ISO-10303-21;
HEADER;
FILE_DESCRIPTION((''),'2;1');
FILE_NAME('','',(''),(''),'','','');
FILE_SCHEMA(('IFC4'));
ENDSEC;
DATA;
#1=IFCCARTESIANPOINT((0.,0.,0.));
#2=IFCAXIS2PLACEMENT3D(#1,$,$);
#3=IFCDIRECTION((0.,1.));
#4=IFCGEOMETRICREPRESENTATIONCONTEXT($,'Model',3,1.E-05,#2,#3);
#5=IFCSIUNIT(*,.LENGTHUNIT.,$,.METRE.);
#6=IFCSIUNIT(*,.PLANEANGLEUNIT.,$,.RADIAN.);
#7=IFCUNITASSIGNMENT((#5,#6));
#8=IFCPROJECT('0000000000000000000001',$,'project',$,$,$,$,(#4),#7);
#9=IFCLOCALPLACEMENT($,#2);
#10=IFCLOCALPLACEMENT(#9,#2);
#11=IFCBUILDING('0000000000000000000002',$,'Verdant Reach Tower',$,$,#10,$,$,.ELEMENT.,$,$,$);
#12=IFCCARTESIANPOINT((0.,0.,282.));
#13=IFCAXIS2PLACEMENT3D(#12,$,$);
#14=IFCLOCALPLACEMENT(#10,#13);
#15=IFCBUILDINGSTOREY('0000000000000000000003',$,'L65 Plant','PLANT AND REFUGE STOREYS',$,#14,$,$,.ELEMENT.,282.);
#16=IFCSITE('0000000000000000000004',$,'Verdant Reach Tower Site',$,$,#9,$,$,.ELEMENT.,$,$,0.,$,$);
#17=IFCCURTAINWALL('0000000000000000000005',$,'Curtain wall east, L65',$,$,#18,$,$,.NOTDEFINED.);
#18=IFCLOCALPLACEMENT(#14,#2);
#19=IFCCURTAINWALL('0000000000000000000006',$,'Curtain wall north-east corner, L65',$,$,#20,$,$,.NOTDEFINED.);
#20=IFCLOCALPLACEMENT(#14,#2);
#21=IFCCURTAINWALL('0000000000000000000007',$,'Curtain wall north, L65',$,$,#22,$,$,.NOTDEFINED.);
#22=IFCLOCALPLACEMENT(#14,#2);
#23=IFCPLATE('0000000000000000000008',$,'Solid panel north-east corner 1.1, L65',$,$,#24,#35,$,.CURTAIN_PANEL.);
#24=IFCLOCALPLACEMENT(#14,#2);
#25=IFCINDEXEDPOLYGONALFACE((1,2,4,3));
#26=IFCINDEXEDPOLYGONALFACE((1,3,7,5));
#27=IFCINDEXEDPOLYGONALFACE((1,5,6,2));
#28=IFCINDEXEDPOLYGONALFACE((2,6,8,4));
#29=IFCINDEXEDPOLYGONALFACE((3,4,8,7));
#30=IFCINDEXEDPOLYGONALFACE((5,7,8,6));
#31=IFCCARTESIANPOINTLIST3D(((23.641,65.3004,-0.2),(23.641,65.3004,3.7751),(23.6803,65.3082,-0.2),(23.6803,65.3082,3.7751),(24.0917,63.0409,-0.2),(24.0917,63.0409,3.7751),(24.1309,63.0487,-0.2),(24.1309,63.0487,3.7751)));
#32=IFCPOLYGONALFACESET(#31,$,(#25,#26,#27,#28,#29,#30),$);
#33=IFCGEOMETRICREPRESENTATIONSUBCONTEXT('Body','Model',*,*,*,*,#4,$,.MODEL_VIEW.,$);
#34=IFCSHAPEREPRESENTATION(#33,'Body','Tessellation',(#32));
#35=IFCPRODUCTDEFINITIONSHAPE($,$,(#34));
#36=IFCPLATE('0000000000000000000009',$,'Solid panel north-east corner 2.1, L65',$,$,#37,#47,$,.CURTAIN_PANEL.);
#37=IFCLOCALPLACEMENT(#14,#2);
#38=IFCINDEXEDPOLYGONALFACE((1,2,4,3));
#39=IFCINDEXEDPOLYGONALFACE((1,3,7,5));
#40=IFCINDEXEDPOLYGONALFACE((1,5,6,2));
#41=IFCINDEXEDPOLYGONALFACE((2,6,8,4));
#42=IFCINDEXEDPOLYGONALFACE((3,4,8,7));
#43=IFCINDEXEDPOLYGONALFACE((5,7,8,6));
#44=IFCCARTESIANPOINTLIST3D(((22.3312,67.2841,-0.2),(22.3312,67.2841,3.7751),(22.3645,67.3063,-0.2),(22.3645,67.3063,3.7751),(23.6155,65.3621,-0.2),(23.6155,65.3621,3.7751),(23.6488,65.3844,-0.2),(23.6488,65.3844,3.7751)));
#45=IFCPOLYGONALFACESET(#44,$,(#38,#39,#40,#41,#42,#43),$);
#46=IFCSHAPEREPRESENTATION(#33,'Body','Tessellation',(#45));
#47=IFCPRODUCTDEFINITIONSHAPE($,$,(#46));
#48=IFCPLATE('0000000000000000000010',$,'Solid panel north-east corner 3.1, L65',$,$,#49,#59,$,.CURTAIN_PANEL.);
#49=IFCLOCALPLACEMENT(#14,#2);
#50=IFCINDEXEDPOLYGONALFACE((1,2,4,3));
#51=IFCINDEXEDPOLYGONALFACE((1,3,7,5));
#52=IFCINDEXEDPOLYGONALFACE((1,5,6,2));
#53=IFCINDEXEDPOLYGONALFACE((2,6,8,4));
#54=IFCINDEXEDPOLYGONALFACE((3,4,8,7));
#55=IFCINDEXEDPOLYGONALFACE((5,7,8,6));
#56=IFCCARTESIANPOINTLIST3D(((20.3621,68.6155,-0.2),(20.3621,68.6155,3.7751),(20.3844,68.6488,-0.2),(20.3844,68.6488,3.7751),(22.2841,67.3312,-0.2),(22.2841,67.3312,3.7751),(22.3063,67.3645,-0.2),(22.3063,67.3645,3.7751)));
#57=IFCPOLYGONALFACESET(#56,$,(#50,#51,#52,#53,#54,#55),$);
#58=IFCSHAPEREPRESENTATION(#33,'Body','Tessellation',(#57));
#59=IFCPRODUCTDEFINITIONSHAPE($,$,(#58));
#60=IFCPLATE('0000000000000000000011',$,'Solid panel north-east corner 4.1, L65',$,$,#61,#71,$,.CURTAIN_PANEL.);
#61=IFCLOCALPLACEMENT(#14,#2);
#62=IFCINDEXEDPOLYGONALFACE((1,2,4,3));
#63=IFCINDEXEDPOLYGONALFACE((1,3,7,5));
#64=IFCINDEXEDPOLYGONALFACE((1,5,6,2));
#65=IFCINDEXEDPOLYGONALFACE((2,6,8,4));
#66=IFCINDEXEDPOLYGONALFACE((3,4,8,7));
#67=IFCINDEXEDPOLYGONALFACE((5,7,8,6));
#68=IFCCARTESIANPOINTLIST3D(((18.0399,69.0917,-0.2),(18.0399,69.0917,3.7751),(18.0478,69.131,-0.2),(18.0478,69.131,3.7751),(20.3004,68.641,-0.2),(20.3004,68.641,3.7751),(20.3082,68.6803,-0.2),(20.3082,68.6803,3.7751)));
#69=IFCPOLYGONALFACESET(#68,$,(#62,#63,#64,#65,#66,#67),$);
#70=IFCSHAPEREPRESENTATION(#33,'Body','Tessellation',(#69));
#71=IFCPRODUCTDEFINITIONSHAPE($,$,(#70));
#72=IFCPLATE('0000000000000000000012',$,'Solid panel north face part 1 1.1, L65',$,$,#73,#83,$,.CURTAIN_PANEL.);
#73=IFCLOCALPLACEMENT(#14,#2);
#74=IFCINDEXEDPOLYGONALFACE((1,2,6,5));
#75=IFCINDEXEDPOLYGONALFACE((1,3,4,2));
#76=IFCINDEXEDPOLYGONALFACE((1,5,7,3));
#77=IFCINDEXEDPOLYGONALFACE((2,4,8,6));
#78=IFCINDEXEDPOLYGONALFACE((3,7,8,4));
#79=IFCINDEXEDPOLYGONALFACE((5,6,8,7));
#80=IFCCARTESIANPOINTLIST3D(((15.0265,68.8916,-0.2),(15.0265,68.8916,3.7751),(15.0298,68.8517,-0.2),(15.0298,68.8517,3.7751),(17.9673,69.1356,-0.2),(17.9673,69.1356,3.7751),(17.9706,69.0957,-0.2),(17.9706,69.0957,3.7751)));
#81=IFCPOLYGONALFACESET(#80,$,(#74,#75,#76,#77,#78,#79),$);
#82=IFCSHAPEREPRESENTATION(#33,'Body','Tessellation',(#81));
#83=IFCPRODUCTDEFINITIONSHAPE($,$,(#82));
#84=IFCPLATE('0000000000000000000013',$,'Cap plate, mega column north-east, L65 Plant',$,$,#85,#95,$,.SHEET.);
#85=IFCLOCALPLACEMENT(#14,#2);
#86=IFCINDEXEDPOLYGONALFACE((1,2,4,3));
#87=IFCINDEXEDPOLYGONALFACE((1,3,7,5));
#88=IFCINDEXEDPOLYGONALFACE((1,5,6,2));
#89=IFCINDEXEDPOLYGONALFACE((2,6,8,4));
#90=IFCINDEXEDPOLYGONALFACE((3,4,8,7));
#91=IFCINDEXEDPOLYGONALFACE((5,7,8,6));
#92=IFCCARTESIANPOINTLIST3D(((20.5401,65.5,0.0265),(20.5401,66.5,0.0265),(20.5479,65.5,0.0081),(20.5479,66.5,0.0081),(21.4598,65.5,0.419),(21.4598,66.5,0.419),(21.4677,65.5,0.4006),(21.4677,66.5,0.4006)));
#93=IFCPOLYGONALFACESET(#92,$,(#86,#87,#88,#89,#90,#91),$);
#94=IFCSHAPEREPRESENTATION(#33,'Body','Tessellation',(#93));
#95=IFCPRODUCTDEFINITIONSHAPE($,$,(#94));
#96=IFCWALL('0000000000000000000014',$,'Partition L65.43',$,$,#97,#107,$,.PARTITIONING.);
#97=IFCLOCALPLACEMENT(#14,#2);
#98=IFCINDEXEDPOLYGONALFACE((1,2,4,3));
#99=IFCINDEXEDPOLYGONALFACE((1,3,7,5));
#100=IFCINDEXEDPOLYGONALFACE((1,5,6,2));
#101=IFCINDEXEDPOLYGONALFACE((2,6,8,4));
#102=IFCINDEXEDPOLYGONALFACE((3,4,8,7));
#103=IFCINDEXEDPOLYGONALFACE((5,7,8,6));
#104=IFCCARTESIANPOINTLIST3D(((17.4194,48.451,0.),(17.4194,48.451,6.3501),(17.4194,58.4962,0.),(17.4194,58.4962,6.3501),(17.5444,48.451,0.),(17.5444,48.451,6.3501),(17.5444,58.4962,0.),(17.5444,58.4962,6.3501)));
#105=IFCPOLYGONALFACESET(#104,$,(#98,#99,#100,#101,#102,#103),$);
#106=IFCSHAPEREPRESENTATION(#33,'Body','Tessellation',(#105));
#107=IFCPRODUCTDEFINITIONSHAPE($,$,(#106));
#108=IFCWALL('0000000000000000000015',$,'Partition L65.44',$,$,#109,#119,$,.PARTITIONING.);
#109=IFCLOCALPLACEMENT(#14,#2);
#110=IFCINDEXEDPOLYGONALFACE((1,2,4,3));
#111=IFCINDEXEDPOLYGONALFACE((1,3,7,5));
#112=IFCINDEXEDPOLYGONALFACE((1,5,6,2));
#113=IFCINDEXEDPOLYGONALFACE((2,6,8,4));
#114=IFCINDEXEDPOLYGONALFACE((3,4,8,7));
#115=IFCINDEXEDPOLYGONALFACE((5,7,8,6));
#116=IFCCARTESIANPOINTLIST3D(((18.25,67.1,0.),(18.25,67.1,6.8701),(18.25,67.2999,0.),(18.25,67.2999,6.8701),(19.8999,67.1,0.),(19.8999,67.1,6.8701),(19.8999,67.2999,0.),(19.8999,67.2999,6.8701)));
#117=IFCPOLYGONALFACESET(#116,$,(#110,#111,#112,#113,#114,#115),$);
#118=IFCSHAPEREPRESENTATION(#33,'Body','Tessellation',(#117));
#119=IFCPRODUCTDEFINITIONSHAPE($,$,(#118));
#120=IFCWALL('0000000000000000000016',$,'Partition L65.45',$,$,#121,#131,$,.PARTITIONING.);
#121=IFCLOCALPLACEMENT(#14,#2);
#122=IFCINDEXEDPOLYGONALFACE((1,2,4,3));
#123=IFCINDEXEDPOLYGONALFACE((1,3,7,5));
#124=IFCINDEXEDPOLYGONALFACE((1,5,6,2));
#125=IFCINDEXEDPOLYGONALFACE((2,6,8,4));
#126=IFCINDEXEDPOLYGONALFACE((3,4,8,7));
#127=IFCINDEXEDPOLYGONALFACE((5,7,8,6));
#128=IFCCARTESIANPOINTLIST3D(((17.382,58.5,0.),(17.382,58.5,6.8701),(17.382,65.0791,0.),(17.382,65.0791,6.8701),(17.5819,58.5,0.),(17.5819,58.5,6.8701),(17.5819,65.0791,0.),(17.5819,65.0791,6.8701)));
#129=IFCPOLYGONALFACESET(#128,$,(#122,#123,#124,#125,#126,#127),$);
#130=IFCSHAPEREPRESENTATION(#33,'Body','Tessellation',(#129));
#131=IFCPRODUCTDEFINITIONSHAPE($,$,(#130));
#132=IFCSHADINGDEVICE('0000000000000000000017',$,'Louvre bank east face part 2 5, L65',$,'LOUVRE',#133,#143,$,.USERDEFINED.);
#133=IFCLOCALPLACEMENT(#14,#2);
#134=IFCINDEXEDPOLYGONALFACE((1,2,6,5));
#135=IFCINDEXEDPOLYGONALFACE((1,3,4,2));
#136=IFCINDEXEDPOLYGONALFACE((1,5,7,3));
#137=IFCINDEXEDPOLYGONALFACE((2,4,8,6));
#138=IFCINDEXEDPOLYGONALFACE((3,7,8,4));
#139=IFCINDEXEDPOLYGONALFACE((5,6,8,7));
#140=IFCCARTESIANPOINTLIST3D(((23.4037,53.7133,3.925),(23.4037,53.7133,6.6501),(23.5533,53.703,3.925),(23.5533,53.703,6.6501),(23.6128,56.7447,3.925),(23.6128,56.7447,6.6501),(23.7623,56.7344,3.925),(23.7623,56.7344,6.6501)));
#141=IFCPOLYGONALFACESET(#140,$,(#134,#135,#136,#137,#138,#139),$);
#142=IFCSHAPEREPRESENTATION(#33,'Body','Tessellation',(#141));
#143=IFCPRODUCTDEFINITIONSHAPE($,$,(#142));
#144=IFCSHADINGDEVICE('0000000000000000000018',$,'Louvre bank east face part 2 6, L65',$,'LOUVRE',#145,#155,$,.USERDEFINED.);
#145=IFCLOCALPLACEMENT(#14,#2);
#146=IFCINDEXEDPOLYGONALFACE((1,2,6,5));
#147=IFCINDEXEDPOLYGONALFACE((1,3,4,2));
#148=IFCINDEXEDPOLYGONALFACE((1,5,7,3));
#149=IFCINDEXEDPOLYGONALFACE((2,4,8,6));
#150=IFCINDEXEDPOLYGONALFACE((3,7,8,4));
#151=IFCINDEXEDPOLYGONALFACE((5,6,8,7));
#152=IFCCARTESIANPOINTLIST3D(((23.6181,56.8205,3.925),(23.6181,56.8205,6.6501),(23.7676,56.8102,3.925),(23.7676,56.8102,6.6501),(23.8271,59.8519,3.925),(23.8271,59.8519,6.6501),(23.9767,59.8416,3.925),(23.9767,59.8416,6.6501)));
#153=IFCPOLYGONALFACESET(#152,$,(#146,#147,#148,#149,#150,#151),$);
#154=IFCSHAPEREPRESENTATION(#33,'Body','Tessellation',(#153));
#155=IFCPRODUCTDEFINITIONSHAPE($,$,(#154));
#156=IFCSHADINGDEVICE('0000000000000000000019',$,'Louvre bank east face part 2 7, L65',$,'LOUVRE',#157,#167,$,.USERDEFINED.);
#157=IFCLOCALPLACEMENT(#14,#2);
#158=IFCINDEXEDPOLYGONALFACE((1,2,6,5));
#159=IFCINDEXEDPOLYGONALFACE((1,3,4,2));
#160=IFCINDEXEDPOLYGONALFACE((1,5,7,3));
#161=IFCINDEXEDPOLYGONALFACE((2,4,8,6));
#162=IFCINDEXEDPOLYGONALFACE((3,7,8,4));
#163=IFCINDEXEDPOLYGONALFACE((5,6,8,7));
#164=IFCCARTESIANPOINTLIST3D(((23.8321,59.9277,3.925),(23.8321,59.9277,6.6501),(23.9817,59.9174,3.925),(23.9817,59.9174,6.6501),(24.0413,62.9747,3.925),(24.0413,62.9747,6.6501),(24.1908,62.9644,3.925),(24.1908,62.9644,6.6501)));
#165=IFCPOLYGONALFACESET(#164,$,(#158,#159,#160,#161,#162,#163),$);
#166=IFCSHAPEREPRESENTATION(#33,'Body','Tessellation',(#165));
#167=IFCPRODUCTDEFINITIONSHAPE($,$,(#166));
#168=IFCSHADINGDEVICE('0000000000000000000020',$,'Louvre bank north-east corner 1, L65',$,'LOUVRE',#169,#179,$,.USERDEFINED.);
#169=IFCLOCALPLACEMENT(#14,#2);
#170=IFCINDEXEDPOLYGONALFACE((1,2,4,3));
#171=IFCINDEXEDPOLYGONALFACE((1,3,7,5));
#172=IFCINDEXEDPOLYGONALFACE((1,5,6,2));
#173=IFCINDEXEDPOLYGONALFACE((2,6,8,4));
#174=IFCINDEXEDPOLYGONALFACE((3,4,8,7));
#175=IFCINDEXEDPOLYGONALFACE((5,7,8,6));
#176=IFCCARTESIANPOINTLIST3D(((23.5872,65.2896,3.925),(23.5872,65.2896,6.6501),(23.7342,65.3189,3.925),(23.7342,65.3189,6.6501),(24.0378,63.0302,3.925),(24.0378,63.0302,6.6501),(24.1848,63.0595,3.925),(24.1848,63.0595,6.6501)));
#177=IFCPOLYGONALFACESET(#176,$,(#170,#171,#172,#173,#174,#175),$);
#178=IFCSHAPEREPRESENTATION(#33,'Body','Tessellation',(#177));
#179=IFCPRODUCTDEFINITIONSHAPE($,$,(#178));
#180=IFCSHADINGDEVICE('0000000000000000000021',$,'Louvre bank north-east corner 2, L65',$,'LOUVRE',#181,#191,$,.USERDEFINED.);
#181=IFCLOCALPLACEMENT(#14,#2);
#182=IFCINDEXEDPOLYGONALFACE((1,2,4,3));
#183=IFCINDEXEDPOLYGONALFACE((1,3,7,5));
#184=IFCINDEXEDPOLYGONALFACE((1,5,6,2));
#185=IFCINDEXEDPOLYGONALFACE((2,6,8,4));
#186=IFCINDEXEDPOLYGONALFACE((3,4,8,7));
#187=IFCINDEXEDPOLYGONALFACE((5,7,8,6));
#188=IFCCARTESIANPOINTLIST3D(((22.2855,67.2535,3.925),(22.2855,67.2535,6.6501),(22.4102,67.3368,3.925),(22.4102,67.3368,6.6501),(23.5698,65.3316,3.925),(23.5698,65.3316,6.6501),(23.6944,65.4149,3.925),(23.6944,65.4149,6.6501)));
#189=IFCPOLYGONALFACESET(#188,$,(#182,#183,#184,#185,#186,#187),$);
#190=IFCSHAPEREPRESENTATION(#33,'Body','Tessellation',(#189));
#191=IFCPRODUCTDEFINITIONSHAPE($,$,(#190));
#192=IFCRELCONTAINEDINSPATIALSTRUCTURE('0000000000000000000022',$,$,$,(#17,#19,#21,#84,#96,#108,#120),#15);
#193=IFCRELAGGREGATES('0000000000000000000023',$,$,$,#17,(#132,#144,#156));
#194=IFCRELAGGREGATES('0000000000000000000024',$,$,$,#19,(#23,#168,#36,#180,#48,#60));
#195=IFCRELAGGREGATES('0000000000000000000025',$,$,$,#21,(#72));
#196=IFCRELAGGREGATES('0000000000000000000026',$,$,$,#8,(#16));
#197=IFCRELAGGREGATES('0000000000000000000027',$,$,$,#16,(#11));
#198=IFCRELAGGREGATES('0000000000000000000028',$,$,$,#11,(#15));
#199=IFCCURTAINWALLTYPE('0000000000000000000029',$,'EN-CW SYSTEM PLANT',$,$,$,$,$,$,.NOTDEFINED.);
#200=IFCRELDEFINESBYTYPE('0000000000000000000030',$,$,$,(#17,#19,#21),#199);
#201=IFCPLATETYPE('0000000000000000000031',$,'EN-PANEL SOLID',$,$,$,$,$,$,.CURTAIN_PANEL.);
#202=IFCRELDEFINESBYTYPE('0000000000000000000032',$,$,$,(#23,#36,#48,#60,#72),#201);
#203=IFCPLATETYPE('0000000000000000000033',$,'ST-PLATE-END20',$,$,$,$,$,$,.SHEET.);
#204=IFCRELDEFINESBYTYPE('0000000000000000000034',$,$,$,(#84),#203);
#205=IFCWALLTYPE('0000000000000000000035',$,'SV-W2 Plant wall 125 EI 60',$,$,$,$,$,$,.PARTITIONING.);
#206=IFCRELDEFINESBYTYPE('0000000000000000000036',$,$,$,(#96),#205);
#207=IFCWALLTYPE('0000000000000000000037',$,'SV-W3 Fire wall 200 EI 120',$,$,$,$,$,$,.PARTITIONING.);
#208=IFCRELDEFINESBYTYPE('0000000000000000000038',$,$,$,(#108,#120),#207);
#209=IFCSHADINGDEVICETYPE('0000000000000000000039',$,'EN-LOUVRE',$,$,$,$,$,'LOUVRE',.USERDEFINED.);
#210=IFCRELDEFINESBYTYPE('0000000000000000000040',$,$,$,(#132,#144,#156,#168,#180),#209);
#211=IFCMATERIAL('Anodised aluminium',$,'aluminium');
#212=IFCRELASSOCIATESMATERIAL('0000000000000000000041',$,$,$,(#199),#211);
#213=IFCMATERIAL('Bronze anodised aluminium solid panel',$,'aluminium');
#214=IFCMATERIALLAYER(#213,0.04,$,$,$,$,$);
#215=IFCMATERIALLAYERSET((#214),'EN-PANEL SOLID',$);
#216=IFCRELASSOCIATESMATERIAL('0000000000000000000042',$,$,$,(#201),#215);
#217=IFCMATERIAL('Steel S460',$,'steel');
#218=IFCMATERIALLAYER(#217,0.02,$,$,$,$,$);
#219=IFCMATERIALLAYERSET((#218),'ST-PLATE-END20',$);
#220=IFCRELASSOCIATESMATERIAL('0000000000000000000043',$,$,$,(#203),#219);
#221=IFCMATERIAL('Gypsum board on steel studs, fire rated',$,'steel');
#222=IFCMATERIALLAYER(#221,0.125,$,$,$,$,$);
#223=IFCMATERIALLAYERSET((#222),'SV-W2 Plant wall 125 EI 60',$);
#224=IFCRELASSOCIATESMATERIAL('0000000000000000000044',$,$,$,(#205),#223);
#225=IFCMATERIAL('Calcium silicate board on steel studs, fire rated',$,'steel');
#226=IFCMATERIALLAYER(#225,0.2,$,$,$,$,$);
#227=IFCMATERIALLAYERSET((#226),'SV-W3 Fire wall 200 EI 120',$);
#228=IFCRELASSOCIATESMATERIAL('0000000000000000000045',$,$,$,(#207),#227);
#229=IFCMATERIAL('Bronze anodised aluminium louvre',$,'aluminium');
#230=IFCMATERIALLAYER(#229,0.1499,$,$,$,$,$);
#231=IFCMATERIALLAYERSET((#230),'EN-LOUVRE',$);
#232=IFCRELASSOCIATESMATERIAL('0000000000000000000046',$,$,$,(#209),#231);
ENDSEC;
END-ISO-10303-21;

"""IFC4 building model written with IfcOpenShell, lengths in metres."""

from ifc_helpers import new_model, si_unit, direction, frame, frame_2d, origin, origin_2d, place, context, subcontext, project, spatial, rectangle, extrude, material, layer, layer_set, type_object, element, aggregate, save


model = new_model("IFC4")

# Units and contexts
model_context = context("Model", 3, precision=1e-05, world=origin(), true_north=direction((0.0, 1.0)))
body_context = subcontext(model_context, "Body", "Model", "MODEL_VIEW")
ifc_project = project(units=[si_unit("LENGTHUNIT", "METRE"), si_unit("PLANEANGLEUNIT", "RADIAN")], contexts=[model_context])

# Site, building, storey
site_placement = place(None, origin())
site = spatial("IfcSite", under=ifc_project, at=site_placement, Name="Verdant Reach Tower Site", CompositionType="ELEMENT", RefElevation=0.0)
building_placement = place(site_placement, origin())
building = spatial("IfcBuilding", under=site, at=building_placement, Name="Verdant Reach Tower", CompositionType="ELEMENT")
storey_placement = place(building_placement, frame((0.0, 0.0, 282.0)))
storey = spatial("IfcBuildingStorey", under=building, at=storey_placement, Name="L65 Plant", Description="PLANT AND REFUGE STOREYS", CompositionType="ELEMENT", Elevation=282.0)

# Shared definitions
ifc_material_1 = material(Name="Steel S460", Category="steel")

# Curtain walls
ifc_material_2 = material(Name="Anodised aluminium", Category="aluminium")
curtain_wall_type = type_object("IfcCurtainWallType", Name="EN-CW SYSTEM PLANT", PredefinedType="NOTDEFINED", material=ifc_material_2)
curtain_wall_1_placement = place(storey_placement, origin())
curtain_wall_1 = element("IfcCurtainWall", 1, at=curtain_wall_1_placement, inside=storey, type_object=curtain_wall_type, Name="Curtain wall east, L65", PredefinedType="NOTDEFINED")
curtain_wall_2_placement = place(storey_placement, origin())
curtain_wall_2 = element("IfcCurtainWall", 2, at=curtain_wall_2_placement, inside=storey, type_object=curtain_wall_type, Name="Curtain wall north-east corner, L65", PredefinedType="NOTDEFINED")
curtain_wall_3_placement = place(storey_placement, origin())
curtain_wall_3 = element("IfcCurtainWall", 3, at=curtain_wall_3_placement, inside=storey, type_object=curtain_wall_type, Name="Curtain wall north, L65", PredefinedType="NOTDEFINED")

# Plates
ifc_material_3 = material(Name="Bronze anodised aluminium solid panel", Category="aluminium")
ifc_layer_1 = layer(ifc_material_3, 0.04)
ifc_layer_set_1 = layer_set([ifc_layer_1], Name="EN-PANEL SOLID")
plate_type_1 = type_object("IfcPlateType", Name="EN-PANEL SOLID", PredefinedType="CURTAIN_PANEL", material=ifc_layer_set_1)
plate_1_placement = place(storey_placement, frame((23.886, 64.1746, -0.2), z_axis=(0.0, 0.0, 1.0), x_axis=(-0.195593, 0.980685, 0.0)))
plate_1 = element("IfcPlate", 4, at=plate_1_placement, type_object=plate_type_1, Name="Solid panel north-east corner 1.1, L65", PredefinedType="CURTAIN_PANEL", context=body_context, shape_type="SweptSolid", body=[
    extrude(rectangle(XDim=2.304, YDim=0.04, at=origin_2d()), origin(), (0.0, 0.0, 1.0), 3.9751),
])
plate_2_placement = place(storey_placement, frame((22.99, 66.3342, -0.2), z_axis=(0.0, 0.0, 1.0), x_axis=(-0.555596, 0.831452, 0.0)))
plate_2 = element("IfcPlate", 5, at=plate_2_placement, type_object=plate_type_1, Name="Solid panel north-east corner 2.1, L65", PredefinedType="CURTAIN_PANEL", context=body_context, shape_type="SweptSolid", body=[
    extrude(rectangle(XDim=2.3115, YDim=0.04, at=origin_2d()), origin(), (0.0, 0.0, 1.0), 3.9751),
])
plate_3_placement = place(storey_placement, frame((21.3342, 67.99, -0.2), z_axis=(0.0, 0.0, 1.0), x_axis=(-0.831452, 0.555596, 0.0)))
plate_3 = element("IfcPlate", 6, at=plate_3_placement, type_object=plate_type_1, Name="Solid panel north-east corner 3.1, L65", PredefinedType="CURTAIN_PANEL", context=body_context, shape_type="SweptSolid", body=[
    extrude(rectangle(XDim=2.3115, YDim=0.04, at=origin_2d()), origin(), (0.0, 0.0, 1.0), 3.9751),
])
plate_4_placement = place(storey_placement, frame((19.1741, 68.886, -0.2), z_axis=(0.0, 0.0, 1.0), x_axis=(-0.980695, 0.195545, 0.0)))
plate_4 = element("IfcPlate", 7, at=plate_4_placement, type_object=plate_type_1, Name="Solid panel north-east corner 4.1, L65", PredefinedType="CURTAIN_PANEL", context=body_context, shape_type="SweptSolid", body=[
    extrude(rectangle(XDim=2.3049, YDim=0.04, at=origin_2d()), origin(), (0.0, 0.0, 1.0), 3.9751),
])
plate_5_placement = place(storey_placement, frame((16.4985, 68.9937, -0.2), z_axis=(0.0, 0.0, 1.0), x_axis=(-0.996578, -0.082664, 0.0)))
plate_5 = element("IfcPlate", 8, at=plate_5_placement, type_object=plate_type_1, Name="Solid panel north face part 1 1.1, L65", PredefinedType="CURTAIN_PANEL", context=body_context, shape_type="SweptSolid", body=[
    extrude(rectangle(XDim=2.9509, YDim=0.04, at=origin_2d()), origin(), (0.0, 0.0, 1.0), 3.9751),
])
ifc_layer_2 = layer(ifc_material_1, 0.02)
ifc_layer_set_2 = layer_set([ifc_layer_2], Name="ST-PLATE-END20")
plate_type_2 = type_object("IfcPlateType", Name="ST-PLATE-END20", PredefinedType="SHEET", material=ifc_layer_set_2)
plate_6_placement = place(storey_placement, frame((21.0078, 66.0, 0.2043), z_axis=(-0.392439, 0.0, 0.919778), x_axis=(0.0, -1.0, 0.0)))
element("IfcPlate", 9, at=plate_6_placement, inside=storey, type_object=plate_type_2, Name="Cap plate, mega column north-east, L65 Plant", PredefinedType="SHEET", context=body_context, shape_type="SweptSolid", body=[
    extrude(rectangle(XDim=1.0, YDim=1.0, at=origin_2d()), origin(), (0.0, 0.0, 1.0), 0.02),
])

# Walls
ifc_material_4 = material(Name="Gypsum board on steel studs, fire rated", Category="steel")
ifc_layer_3 = layer(ifc_material_4, 0.125)
ifc_layer_set_3 = layer_set([ifc_layer_3], Name="SV-W2 Plant wall 125 EI 60")
wall_type_1 = type_object("IfcWallType", Name="SV-W2 Plant wall 125 EI 60", PredefinedType="PARTITIONING", material=ifc_layer_set_3)
wall_1_placement = place(storey_placement, frame((17.4819, 58.4961, 0.0), z_axis=(0.0, 0.0, 1.0), x_axis=(0.0, -1.0, 0.0)))
element("IfcWall", 10, at=wall_1_placement, inside=storey, type_object=wall_type_1, Name="Partition L65.43", PredefinedType="PARTITIONING", context=body_context, shape_type="SweptSolid", body=[
    extrude(rectangle(XDim=10.0452, YDim=0.125, at=frame_2d((5.0225, 0.0))), origin(), (0.0, 0.0, 1.0), 6.3501),
])
ifc_material_5 = material(Name="Calcium silicate board on steel studs, fire rated", Category="steel")
ifc_layer_4 = layer(ifc_material_5, 0.2)
ifc_layer_set_4 = layer_set([ifc_layer_4], Name="SV-W3 Fire wall 200 EI 120")
wall_type_2 = type_object("IfcWallType", Name="SV-W3 Fire wall 200 EI 120", PredefinedType="PARTITIONING", material=ifc_layer_set_4)
wall_2_placement = place(storey_placement, frame((19.8999, 67.2, 0.0), z_axis=(0.0, 0.0, 1.0), x_axis=(-1.0, 0.0, 0.0)))
element("IfcWall", 11, at=wall_2_placement, inside=storey, type_object=wall_type_2, Name="Partition L65.44", PredefinedType="PARTITIONING", context=body_context, shape_type="SweptSolid", body=[
    extrude(rectangle(XDim=1.6499, YDim=0.2, at=frame_2d((0.825, 0.0))), origin(), (0.0, 0.0, 1.0), 6.8701),
])
wall_3_placement = place(storey_placement, frame((17.4819, 65.0791, 0.0), z_axis=(0.0, 0.0, 1.0), x_axis=(0.0, -1.0, 0.0)))
element("IfcWall", 12, at=wall_3_placement, inside=storey, type_object=wall_type_2, Name="Partition L65.45", PredefinedType="PARTITIONING", context=body_context, shape_type="SweptSolid", body=[
    extrude(rectangle(XDim=6.5791, YDim=0.2, at=frame_2d((3.2896, 0.0))), origin(), (0.0, 0.0, 1.0), 6.8701),
])

# Shading devices
ifc_material_6 = material(Name="Bronze anodised aluminium louvre", Category="aluminium")
ifc_layer_5 = layer(ifc_material_6, 0.1499)
ifc_layer_set_5 = layer_set([ifc_layer_5], Name="EN-LOUVRE")
shading_device_type = type_object("IfcShadingDeviceType", Name="EN-LOUVRE", ElementType="LOUVRE", PredefinedType="USERDEFINED", material=ifc_layer_set_5)
shading_device_1_placement = place(storey_placement, frame((23.583, 55.2239, 3.925), z_axis=(0.0, 0.0, 1.0), x_axis=(0.068802, 0.99763, 0.0)))
shading_device_1 = element("IfcShadingDevice", 13, at=shading_device_1_placement, type_object=shading_device_type, Name="Louvre bank east face part 2 5, L65", ObjectType="LOUVRE", PredefinedType="USERDEFINED", context=body_context, shape_type="SweptSolid", body=[
    extrude(rectangle(XDim=3.0386, YDim=0.1499, at=origin_2d()), origin(), (0.0, 0.0, 1.0), 2.7251),
])
shading_device_2_placement = place(storey_placement, frame((23.7974, 58.3311, 3.925), z_axis=(0.0, 0.0, 1.0), x_axis=(0.068802, 0.99763, 0.0)))
shading_device_2 = element("IfcShadingDevice", 14, at=shading_device_2_placement, type_object=shading_device_type, Name="Louvre bank east face part 2 6, L65", ObjectType="LOUVRE", PredefinedType="USERDEFINED", context=body_context, shape_type="SweptSolid", body=[
    extrude(rectangle(XDim=3.0386, YDim=0.1499, at=origin_2d()), origin(), (0.0, 0.0, 1.0), 2.7251),
])
shading_device_3_placement = place(storey_placement, frame((24.0115, 61.446, 3.925), z_axis=(0.0, 0.0, 1.0), x_axis=(0.068469, 0.997653, 0.0)))
shading_device_3 = element("IfcShadingDevice", 15, at=shading_device_3_placement, type_object=shading_device_type, Name="Louvre bank east face part 2 7, L65", ObjectType="LOUVRE", PredefinedType="USERDEFINED", context=body_context, shape_type="SweptSolid", body=[
    extrude(rectangle(XDim=3.0542, YDim=0.1499, at=origin_2d()), origin(), (0.0, 0.0, 1.0), 2.7251),
])
aggregate(curtain_wall_1, [shading_device_1, shading_device_2, shading_device_3])
shading_device_4_placement = place(storey_placement, frame((23.886, 64.1746, 3.925), z_axis=(0.0, 0.0, 1.0), x_axis=(-0.195593, 0.980685, 0.0)))
shading_device_4 = element("IfcShadingDevice", 16, at=shading_device_4_placement, type_object=shading_device_type, Name="Louvre bank north-east corner 1, L65", ObjectType="LOUVRE", PredefinedType="USERDEFINED", context=body_context, shape_type="SweptSolid", body=[
    extrude(rectangle(XDim=2.304, YDim=0.1499, at=origin_2d()), origin(), (0.0, 0.0, 1.0), 2.7251),
])
shading_device_5_placement = place(storey_placement, frame((22.99, 66.3342, 3.925), z_axis=(0.0, 0.0, 1.0), x_axis=(-0.555596, 0.831452, 0.0)))
shading_device_5 = element("IfcShadingDevice", 17, at=shading_device_5_placement, type_object=shading_device_type, Name="Louvre bank north-east corner 2, L65", ObjectType="LOUVRE", PredefinedType="USERDEFINED", context=body_context, shape_type="SweptSolid", body=[
    extrude(rectangle(XDim=2.3115, YDim=0.1499, at=origin_2d()), origin(), (0.0, 0.0, 1.0), 2.7251),
])
aggregate(curtain_wall_2, [plate_1, shading_device_4, plate_2, shading_device_5, plate_3, plate_4])
aggregate(curtain_wall_3, [plate_5])

save(model, "model.ifc")
